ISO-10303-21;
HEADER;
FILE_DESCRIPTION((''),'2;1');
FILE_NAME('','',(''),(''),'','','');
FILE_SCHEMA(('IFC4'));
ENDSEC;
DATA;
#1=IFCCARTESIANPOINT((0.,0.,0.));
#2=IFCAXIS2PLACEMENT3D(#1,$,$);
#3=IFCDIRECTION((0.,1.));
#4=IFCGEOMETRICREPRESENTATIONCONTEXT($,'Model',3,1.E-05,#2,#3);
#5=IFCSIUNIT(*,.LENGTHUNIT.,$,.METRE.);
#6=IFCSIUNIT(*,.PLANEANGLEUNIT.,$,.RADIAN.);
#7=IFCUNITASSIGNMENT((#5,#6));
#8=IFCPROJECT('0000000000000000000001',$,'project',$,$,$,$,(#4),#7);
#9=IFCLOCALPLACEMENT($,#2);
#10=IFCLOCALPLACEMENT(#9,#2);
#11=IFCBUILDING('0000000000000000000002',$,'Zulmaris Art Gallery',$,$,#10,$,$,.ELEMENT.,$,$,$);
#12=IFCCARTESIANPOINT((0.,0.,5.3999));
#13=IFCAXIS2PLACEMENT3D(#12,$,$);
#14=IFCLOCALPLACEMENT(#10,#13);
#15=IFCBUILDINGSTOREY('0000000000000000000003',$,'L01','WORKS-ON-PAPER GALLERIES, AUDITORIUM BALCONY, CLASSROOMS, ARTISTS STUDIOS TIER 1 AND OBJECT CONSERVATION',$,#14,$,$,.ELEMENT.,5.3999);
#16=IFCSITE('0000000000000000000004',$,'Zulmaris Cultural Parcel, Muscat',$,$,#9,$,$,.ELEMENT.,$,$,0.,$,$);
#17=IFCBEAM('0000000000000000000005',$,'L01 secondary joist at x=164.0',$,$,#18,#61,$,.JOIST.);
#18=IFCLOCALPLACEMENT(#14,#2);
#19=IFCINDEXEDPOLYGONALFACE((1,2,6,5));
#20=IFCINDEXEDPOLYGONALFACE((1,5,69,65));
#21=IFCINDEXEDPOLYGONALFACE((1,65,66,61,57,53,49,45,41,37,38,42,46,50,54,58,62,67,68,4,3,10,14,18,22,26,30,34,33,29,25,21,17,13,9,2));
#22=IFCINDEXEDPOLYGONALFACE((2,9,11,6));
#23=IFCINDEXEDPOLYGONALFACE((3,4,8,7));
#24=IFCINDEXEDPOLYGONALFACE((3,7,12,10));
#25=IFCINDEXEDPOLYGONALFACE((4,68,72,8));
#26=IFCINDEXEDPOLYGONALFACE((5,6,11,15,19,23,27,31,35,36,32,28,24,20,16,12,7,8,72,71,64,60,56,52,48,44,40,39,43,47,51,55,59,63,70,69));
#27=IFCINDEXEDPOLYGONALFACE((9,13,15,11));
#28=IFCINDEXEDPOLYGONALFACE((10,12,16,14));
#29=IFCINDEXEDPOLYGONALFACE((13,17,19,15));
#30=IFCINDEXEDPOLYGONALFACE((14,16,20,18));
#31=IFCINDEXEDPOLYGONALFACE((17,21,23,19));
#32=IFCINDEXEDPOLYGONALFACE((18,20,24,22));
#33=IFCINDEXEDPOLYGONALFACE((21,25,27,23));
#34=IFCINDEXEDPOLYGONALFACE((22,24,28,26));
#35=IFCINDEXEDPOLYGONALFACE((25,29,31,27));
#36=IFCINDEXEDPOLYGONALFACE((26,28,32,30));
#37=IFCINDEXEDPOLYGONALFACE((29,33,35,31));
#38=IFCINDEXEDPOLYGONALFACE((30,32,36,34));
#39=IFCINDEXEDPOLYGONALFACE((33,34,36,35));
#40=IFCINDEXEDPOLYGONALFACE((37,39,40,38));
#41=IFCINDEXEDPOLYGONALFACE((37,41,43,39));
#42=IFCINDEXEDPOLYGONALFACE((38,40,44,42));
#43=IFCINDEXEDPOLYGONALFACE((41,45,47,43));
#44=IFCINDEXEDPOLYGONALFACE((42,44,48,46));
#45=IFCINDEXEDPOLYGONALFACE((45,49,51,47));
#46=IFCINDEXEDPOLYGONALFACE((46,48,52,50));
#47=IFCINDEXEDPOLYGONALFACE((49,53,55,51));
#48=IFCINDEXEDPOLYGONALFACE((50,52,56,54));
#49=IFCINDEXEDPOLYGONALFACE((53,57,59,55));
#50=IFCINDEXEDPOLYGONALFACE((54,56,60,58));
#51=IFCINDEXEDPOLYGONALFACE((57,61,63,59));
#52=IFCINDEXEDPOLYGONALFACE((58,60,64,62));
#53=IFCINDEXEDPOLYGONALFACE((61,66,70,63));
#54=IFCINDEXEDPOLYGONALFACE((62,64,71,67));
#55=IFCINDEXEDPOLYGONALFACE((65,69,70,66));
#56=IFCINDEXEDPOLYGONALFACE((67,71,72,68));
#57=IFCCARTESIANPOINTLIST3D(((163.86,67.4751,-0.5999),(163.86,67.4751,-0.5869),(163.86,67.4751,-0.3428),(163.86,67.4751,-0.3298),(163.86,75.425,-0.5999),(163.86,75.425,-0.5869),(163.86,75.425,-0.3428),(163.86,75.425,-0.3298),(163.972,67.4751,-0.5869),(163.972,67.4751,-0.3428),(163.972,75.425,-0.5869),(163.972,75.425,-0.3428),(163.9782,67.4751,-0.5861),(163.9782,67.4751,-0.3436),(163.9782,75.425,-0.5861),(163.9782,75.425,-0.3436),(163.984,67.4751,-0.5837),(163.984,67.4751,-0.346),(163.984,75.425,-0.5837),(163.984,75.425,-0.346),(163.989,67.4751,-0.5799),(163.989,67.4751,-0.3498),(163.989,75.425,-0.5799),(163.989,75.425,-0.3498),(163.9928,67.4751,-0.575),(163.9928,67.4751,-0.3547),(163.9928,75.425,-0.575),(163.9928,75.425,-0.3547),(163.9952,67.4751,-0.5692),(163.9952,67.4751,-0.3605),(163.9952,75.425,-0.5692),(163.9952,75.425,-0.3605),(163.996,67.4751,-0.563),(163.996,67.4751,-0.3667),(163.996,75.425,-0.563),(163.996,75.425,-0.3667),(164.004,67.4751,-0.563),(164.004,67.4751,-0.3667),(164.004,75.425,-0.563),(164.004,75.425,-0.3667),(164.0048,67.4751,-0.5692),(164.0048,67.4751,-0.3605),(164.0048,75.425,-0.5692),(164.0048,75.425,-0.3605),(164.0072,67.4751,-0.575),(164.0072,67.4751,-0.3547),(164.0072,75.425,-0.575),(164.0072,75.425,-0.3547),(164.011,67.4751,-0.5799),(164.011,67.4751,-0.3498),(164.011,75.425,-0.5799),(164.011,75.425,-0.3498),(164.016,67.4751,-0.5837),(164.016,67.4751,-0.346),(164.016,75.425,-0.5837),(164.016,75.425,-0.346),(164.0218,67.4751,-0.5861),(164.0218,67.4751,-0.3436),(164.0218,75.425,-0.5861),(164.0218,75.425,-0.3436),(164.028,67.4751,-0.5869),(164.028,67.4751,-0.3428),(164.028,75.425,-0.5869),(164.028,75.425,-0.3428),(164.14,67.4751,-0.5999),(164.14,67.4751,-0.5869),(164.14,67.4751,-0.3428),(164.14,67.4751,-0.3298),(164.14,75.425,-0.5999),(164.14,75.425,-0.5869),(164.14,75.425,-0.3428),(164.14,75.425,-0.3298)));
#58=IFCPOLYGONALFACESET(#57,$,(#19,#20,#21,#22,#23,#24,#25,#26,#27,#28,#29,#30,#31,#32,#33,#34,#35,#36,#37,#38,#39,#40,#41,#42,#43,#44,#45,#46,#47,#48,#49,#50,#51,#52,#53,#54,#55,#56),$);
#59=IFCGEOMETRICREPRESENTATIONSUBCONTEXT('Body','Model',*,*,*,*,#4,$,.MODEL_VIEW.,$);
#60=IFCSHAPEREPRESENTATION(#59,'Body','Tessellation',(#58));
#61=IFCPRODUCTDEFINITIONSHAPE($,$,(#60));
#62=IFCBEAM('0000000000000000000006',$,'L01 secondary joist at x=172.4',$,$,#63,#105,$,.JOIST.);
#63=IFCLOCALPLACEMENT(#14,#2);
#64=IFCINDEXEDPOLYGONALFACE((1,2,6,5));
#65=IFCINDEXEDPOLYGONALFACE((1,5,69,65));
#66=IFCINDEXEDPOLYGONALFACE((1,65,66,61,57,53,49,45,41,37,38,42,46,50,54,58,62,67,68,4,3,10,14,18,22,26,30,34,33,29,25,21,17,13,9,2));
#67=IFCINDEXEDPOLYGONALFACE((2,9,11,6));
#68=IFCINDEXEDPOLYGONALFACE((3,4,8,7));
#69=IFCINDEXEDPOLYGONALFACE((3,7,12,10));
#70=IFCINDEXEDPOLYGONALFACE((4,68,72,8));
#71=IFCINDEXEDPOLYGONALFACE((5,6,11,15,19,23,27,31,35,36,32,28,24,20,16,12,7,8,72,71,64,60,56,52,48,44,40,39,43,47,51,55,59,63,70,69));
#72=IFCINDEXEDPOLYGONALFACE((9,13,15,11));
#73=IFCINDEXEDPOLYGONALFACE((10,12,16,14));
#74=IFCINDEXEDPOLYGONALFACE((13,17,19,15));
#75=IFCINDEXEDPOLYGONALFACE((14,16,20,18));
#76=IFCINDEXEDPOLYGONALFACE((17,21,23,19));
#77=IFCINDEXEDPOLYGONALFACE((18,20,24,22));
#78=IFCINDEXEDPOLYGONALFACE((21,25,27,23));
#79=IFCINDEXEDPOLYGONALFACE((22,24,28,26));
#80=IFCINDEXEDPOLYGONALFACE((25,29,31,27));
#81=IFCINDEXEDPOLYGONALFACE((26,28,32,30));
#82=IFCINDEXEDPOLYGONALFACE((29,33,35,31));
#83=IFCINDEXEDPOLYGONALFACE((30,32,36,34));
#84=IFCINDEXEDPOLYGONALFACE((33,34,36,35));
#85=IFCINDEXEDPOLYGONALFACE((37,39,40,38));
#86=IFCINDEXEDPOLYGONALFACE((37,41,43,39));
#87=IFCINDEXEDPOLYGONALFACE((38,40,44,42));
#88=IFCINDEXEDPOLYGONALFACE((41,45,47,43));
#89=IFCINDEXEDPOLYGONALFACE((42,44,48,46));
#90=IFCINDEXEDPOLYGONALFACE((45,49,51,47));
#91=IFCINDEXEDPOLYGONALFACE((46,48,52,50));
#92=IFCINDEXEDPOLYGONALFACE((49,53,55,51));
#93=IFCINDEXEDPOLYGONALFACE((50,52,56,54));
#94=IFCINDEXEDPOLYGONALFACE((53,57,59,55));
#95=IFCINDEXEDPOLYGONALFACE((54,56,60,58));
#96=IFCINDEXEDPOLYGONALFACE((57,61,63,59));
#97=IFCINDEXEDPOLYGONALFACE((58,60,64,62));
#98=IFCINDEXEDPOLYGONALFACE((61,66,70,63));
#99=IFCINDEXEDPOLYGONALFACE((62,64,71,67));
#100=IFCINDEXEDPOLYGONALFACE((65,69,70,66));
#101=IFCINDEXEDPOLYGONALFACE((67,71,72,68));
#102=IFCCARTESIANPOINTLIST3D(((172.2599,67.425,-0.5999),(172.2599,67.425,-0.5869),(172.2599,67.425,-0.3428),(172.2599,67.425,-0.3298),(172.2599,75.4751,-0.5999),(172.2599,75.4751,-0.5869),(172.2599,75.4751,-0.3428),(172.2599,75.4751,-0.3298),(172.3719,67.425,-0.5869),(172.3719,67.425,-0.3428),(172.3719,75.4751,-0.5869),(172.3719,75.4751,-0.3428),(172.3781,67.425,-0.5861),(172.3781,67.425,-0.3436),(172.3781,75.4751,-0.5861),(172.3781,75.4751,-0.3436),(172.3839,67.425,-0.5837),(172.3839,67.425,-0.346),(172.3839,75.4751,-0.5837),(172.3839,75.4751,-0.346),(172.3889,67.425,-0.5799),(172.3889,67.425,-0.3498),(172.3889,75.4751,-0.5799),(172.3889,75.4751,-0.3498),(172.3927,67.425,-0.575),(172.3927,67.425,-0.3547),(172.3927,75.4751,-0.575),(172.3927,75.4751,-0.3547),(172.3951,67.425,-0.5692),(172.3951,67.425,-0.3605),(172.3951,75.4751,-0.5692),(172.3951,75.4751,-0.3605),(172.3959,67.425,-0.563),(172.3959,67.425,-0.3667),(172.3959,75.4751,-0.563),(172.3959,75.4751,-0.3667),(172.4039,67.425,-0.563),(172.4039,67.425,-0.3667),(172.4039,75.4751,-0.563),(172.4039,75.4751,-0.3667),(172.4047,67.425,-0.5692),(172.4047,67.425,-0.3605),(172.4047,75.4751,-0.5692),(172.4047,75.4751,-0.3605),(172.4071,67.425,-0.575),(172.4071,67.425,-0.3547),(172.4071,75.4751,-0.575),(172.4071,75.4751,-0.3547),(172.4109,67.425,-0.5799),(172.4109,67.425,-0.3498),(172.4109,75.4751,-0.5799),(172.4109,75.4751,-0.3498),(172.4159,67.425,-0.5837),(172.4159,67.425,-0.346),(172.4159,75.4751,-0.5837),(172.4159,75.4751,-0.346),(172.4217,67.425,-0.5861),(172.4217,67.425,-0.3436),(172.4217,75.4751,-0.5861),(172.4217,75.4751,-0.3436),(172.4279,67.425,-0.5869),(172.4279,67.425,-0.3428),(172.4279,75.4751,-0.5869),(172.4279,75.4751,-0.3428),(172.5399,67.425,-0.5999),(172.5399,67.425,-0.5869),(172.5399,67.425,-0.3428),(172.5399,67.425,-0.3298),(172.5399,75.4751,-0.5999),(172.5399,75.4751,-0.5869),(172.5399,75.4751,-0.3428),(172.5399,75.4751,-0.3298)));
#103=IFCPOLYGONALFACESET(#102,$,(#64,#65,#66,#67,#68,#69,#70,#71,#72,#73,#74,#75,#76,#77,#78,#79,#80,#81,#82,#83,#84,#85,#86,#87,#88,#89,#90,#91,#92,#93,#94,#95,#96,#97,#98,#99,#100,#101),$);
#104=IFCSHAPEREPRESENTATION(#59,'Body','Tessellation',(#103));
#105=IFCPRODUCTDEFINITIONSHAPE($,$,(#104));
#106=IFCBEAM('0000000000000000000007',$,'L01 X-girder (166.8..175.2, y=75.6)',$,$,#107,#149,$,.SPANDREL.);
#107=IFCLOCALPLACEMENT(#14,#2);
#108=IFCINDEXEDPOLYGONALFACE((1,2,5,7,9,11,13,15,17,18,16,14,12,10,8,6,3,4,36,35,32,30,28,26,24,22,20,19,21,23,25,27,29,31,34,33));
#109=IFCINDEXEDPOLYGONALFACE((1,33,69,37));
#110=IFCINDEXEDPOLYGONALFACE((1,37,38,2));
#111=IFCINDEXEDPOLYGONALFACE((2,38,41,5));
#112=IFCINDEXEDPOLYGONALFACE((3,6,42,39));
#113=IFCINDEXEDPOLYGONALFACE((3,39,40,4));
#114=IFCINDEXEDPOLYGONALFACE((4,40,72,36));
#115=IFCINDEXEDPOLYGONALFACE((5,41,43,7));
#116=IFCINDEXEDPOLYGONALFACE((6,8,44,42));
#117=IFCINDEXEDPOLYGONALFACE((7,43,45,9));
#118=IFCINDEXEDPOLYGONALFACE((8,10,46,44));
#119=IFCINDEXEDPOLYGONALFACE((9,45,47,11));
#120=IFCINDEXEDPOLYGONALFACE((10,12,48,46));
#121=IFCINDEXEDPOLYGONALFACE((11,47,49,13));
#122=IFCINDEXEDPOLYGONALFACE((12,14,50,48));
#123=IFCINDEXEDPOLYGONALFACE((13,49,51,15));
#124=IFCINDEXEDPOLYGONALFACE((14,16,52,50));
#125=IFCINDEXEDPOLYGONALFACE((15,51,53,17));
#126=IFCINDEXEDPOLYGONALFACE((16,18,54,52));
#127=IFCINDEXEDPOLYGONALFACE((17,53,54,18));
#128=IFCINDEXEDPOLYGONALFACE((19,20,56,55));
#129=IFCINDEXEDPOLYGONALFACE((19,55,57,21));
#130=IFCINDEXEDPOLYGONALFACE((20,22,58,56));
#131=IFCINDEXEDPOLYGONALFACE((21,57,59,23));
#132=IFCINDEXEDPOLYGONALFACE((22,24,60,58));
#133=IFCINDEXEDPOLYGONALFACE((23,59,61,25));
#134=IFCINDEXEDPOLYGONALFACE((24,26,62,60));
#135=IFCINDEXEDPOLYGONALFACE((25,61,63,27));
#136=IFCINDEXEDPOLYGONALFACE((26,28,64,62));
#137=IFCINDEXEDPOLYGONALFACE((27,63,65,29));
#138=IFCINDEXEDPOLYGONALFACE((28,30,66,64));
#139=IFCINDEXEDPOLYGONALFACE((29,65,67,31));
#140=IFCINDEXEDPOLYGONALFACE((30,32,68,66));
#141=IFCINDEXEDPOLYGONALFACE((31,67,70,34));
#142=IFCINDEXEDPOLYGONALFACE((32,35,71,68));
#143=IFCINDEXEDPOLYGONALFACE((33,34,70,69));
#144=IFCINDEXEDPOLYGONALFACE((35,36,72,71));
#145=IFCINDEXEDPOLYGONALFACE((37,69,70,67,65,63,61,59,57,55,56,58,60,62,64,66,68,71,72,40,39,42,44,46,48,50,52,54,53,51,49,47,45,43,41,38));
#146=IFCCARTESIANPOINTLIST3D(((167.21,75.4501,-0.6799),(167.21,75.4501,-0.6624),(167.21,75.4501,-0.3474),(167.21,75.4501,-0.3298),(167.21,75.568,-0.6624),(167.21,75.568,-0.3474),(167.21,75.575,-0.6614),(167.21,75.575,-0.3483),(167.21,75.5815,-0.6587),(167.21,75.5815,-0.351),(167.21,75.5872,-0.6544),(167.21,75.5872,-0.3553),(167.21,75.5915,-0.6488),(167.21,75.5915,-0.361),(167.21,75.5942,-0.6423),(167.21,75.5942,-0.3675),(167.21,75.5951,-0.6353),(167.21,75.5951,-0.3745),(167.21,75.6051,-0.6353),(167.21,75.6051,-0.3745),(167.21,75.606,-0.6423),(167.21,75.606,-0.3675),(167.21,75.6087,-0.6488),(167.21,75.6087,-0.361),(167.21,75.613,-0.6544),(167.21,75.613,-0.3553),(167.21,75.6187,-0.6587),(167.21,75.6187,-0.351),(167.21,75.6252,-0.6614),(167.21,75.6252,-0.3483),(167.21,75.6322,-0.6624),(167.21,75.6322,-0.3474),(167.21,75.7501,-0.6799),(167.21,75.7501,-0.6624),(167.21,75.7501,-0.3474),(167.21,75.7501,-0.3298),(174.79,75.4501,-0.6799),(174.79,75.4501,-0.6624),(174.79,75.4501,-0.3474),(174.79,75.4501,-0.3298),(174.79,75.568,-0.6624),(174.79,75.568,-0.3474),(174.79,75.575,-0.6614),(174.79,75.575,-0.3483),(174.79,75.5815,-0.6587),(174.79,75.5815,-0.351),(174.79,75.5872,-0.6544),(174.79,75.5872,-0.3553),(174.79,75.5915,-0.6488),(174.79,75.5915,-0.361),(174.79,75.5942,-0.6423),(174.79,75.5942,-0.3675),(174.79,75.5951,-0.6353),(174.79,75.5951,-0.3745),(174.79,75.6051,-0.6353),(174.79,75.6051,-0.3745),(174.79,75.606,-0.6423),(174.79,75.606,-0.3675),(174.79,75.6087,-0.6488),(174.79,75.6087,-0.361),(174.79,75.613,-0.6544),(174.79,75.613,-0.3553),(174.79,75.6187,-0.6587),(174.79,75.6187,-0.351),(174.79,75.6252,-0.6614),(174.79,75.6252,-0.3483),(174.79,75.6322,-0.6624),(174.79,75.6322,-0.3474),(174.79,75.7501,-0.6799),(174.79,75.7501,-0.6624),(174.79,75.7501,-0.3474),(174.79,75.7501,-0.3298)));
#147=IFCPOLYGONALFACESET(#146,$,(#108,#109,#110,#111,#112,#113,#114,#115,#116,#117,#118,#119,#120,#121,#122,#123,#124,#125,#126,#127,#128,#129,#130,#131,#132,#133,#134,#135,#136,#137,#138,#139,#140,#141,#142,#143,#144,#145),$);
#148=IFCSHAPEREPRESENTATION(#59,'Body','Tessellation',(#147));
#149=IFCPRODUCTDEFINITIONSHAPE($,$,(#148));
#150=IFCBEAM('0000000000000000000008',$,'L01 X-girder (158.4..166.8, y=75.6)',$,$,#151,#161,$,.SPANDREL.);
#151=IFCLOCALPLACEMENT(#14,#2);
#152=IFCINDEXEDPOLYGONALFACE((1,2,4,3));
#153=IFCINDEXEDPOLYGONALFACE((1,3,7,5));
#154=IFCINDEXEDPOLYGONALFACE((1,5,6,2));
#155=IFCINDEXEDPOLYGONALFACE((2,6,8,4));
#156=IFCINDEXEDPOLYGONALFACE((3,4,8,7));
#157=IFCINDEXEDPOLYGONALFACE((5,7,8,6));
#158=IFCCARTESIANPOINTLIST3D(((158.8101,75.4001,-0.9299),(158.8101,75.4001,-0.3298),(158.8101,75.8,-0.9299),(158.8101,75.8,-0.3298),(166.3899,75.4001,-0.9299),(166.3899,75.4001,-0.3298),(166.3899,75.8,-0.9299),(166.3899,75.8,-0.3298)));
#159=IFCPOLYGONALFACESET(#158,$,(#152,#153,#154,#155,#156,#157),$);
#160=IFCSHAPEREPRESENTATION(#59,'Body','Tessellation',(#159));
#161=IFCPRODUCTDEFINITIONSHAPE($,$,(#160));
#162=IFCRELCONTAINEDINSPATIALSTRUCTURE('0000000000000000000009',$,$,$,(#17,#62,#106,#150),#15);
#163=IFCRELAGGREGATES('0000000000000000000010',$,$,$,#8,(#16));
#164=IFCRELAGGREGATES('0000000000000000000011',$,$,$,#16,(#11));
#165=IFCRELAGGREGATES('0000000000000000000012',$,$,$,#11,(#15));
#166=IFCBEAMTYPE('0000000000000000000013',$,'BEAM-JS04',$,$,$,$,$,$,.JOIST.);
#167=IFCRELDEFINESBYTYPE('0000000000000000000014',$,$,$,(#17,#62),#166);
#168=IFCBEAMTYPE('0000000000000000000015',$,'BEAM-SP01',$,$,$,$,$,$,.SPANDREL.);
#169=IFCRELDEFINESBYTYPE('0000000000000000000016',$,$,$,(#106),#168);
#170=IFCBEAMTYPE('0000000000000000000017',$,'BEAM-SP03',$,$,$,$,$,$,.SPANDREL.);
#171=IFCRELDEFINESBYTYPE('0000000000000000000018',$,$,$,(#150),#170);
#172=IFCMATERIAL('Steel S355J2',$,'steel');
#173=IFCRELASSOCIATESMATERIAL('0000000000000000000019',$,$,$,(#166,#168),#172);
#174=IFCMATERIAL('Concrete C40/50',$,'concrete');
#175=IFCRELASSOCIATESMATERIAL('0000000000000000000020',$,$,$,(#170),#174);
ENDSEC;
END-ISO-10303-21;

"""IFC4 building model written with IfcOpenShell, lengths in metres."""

from ifc_helpers import new_model, si_unit, direction, frame, origin, origin_2d, place, context, subcontext, project, spatial, rectangle, i_section, extrude, material, material_profile, profile_set, type_object, element, save


model = new_model("IFC4")

# Units and contexts
model_context = context("Model", 3, precision=1e-05, world=origin(), true_north=direction((0.0, 1.0)))
body_context = subcontext(model_context, "Body", "Model", "MODEL_VIEW")
ifc_project = project(units=[si_unit("LENGTHUNIT", "METRE"), si_unit("PLANEANGLEUNIT", "RADIAN")], contexts=[model_context])

# Site, building, storey
site_placement = place(None, origin())
site = spatial("IfcSite", under=ifc_project, at=site_placement, Name="Zulmaris Cultural Parcel, Muscat", CompositionType="ELEMENT", RefElevation=0.0)
building_placement = place(site_placement, origin())
building = spatial("IfcBuilding", under=site, at=building_placement, Name="Zulmaris Art Gallery", CompositionType="ELEMENT")
storey_placement = place(building_placement, frame((0.0, 0.0, 5.3999)))
storey = spatial("IfcBuildingStorey", under=building, at=storey_placement, Name="L01", Description="WORKS-ON-PAPER GALLERIES, AUDITORIUM BALCONY, CLASSROOMS, ARTISTS STUDIOS TIER 1 AND OBJECT CONSERVATION", CompositionType="ELEMENT", Elevation=5.3999)

# Beams
ifc_material_1 = material(Name="Steel S355J2", Category="steel")
ifc_material_2 = material(Name="Concrete C40/50", Category="concrete")
ifc_material_profile_1 = material_profile(ifc_material_1, i_section(OverallWidth=0.28, OverallDepth=0.27, WebThickness=0.0081, FlangeThickness=0.0129, FilletRadius=0.0239, at=origin_2d()), Name="HEA 280")
ifc_profile_set_1 = profile_set([ifc_material_profile_1], Name="Steel S355J2")
beam_type_1 = type_object("IfcBeamType", Name="BEAM-JS04", PredefinedType="JOIST", material=ifc_profile_set_1)
beam_1_placement = place(storey_placement, frame((164.0, 67.4751, -0.4648), z_axis=(0.0, 1.0, 0.0), x_axis=(-1.0, 0.0, 0.0)))
element("IfcBeam", 1, at=beam_1_placement, inside=storey, type_object=beam_type_1, Name="L01 secondary joist at x=164.0", PredefinedType="JOIST", context=body_context, shape_type="SweptSolid", body=[
    extrude(i_section(OverallWidth=0.28, OverallDepth=0.27, WebThickness=0.0081, FlangeThickness=0.0129, FilletRadius=0.0239, at=origin_2d()), origin(), (0.0, 0.0, 1.0), 7.95),
])
beam_2_placement = place(storey_placement, frame((172.3999, 67.425, -0.4648), z_axis=(0.0, 1.0, 0.0), x_axis=(-1.0, 0.0, 0.0)))
element("IfcBeam", 2, at=beam_2_placement, inside=storey, type_object=beam_type_1, Name="L01 secondary joist at x=172.4", PredefinedType="JOIST", context=body_context, shape_type="SweptSolid", body=[
    extrude(i_section(OverallWidth=0.28, OverallDepth=0.27, WebThickness=0.0081, FlangeThickness=0.0129, FilletRadius=0.0239, at=origin_2d()), origin(), (0.0, 0.0, 1.0), 8.05),
])
ifc_material_profile_2 = material_profile(ifc_material_1, i_section(OverallWidth=0.3, OverallDepth=0.3501, WebThickness=0.01, FlangeThickness=0.0176, FilletRadius=0.0271, at=origin_2d()), Name="HEA 360")
ifc_profile_set_2 = profile_set([ifc_material_profile_2], Name="Steel S355J2")
beam_type_2 = type_object("IfcBeamType", Name="BEAM-SP01", PredefinedType="SPANDREL", material=ifc_profile_set_2)
beam_3_placement = place(storey_placement, frame((167.21, 75.6001, -0.5049), z_axis=(1.0, 0.0, 0.0), x_axis=(0.0, 1.0, 0.0)))
element("IfcBeam", 3, at=beam_3_placement, inside=storey, type_object=beam_type_2, Name="L01 X-girder (166.8..175.2, y=75.6)", PredefinedType="SPANDREL", context=body_context, shape_type="SweptSolid", body=[
    extrude(i_section(OverallWidth=0.3, OverallDepth=0.3501, WebThickness=0.01, FlangeThickness=0.0176, FilletRadius=0.0271, at=origin_2d()), origin(), (0.0, 0.0, 1.0), 7.5801),
])
ifc_material_profile_3 = material_profile(ifc_material_2, rectangle(XDim=0.3999, YDim=0.6001, at=origin_2d()), Name="RC 400x600")
ifc_profile_set_3 = profile_set([ifc_material_profile_3], Name="Concrete C40/50")
beam_type_3 = type_object("IfcBeamType", Name="BEAM-SP03", PredefinedType="SPANDREL", material=ifc_profile_set_3)
beam_4_placement = place(storey_placement, frame((158.8101, 75.6001, -0.6299), z_axis=(1.0, 0.0, 0.0), x_axis=(0.0, 1.0, 0.0)))
element("IfcBeam", 4, at=beam_4_placement, inside=storey, type_object=beam_type_3, Name="L01 X-girder (158.4..166.8, y=75.6)", PredefinedType="SPANDREL", context=body_context, shape_type="SweptSolid", body=[
    extrude(rectangle(XDim=0.3999, YDim=0.6001, at=origin_2d()), origin(), (0.0, 0.0, 1.0), 7.5798),
])

save(model, "model.ifc")
